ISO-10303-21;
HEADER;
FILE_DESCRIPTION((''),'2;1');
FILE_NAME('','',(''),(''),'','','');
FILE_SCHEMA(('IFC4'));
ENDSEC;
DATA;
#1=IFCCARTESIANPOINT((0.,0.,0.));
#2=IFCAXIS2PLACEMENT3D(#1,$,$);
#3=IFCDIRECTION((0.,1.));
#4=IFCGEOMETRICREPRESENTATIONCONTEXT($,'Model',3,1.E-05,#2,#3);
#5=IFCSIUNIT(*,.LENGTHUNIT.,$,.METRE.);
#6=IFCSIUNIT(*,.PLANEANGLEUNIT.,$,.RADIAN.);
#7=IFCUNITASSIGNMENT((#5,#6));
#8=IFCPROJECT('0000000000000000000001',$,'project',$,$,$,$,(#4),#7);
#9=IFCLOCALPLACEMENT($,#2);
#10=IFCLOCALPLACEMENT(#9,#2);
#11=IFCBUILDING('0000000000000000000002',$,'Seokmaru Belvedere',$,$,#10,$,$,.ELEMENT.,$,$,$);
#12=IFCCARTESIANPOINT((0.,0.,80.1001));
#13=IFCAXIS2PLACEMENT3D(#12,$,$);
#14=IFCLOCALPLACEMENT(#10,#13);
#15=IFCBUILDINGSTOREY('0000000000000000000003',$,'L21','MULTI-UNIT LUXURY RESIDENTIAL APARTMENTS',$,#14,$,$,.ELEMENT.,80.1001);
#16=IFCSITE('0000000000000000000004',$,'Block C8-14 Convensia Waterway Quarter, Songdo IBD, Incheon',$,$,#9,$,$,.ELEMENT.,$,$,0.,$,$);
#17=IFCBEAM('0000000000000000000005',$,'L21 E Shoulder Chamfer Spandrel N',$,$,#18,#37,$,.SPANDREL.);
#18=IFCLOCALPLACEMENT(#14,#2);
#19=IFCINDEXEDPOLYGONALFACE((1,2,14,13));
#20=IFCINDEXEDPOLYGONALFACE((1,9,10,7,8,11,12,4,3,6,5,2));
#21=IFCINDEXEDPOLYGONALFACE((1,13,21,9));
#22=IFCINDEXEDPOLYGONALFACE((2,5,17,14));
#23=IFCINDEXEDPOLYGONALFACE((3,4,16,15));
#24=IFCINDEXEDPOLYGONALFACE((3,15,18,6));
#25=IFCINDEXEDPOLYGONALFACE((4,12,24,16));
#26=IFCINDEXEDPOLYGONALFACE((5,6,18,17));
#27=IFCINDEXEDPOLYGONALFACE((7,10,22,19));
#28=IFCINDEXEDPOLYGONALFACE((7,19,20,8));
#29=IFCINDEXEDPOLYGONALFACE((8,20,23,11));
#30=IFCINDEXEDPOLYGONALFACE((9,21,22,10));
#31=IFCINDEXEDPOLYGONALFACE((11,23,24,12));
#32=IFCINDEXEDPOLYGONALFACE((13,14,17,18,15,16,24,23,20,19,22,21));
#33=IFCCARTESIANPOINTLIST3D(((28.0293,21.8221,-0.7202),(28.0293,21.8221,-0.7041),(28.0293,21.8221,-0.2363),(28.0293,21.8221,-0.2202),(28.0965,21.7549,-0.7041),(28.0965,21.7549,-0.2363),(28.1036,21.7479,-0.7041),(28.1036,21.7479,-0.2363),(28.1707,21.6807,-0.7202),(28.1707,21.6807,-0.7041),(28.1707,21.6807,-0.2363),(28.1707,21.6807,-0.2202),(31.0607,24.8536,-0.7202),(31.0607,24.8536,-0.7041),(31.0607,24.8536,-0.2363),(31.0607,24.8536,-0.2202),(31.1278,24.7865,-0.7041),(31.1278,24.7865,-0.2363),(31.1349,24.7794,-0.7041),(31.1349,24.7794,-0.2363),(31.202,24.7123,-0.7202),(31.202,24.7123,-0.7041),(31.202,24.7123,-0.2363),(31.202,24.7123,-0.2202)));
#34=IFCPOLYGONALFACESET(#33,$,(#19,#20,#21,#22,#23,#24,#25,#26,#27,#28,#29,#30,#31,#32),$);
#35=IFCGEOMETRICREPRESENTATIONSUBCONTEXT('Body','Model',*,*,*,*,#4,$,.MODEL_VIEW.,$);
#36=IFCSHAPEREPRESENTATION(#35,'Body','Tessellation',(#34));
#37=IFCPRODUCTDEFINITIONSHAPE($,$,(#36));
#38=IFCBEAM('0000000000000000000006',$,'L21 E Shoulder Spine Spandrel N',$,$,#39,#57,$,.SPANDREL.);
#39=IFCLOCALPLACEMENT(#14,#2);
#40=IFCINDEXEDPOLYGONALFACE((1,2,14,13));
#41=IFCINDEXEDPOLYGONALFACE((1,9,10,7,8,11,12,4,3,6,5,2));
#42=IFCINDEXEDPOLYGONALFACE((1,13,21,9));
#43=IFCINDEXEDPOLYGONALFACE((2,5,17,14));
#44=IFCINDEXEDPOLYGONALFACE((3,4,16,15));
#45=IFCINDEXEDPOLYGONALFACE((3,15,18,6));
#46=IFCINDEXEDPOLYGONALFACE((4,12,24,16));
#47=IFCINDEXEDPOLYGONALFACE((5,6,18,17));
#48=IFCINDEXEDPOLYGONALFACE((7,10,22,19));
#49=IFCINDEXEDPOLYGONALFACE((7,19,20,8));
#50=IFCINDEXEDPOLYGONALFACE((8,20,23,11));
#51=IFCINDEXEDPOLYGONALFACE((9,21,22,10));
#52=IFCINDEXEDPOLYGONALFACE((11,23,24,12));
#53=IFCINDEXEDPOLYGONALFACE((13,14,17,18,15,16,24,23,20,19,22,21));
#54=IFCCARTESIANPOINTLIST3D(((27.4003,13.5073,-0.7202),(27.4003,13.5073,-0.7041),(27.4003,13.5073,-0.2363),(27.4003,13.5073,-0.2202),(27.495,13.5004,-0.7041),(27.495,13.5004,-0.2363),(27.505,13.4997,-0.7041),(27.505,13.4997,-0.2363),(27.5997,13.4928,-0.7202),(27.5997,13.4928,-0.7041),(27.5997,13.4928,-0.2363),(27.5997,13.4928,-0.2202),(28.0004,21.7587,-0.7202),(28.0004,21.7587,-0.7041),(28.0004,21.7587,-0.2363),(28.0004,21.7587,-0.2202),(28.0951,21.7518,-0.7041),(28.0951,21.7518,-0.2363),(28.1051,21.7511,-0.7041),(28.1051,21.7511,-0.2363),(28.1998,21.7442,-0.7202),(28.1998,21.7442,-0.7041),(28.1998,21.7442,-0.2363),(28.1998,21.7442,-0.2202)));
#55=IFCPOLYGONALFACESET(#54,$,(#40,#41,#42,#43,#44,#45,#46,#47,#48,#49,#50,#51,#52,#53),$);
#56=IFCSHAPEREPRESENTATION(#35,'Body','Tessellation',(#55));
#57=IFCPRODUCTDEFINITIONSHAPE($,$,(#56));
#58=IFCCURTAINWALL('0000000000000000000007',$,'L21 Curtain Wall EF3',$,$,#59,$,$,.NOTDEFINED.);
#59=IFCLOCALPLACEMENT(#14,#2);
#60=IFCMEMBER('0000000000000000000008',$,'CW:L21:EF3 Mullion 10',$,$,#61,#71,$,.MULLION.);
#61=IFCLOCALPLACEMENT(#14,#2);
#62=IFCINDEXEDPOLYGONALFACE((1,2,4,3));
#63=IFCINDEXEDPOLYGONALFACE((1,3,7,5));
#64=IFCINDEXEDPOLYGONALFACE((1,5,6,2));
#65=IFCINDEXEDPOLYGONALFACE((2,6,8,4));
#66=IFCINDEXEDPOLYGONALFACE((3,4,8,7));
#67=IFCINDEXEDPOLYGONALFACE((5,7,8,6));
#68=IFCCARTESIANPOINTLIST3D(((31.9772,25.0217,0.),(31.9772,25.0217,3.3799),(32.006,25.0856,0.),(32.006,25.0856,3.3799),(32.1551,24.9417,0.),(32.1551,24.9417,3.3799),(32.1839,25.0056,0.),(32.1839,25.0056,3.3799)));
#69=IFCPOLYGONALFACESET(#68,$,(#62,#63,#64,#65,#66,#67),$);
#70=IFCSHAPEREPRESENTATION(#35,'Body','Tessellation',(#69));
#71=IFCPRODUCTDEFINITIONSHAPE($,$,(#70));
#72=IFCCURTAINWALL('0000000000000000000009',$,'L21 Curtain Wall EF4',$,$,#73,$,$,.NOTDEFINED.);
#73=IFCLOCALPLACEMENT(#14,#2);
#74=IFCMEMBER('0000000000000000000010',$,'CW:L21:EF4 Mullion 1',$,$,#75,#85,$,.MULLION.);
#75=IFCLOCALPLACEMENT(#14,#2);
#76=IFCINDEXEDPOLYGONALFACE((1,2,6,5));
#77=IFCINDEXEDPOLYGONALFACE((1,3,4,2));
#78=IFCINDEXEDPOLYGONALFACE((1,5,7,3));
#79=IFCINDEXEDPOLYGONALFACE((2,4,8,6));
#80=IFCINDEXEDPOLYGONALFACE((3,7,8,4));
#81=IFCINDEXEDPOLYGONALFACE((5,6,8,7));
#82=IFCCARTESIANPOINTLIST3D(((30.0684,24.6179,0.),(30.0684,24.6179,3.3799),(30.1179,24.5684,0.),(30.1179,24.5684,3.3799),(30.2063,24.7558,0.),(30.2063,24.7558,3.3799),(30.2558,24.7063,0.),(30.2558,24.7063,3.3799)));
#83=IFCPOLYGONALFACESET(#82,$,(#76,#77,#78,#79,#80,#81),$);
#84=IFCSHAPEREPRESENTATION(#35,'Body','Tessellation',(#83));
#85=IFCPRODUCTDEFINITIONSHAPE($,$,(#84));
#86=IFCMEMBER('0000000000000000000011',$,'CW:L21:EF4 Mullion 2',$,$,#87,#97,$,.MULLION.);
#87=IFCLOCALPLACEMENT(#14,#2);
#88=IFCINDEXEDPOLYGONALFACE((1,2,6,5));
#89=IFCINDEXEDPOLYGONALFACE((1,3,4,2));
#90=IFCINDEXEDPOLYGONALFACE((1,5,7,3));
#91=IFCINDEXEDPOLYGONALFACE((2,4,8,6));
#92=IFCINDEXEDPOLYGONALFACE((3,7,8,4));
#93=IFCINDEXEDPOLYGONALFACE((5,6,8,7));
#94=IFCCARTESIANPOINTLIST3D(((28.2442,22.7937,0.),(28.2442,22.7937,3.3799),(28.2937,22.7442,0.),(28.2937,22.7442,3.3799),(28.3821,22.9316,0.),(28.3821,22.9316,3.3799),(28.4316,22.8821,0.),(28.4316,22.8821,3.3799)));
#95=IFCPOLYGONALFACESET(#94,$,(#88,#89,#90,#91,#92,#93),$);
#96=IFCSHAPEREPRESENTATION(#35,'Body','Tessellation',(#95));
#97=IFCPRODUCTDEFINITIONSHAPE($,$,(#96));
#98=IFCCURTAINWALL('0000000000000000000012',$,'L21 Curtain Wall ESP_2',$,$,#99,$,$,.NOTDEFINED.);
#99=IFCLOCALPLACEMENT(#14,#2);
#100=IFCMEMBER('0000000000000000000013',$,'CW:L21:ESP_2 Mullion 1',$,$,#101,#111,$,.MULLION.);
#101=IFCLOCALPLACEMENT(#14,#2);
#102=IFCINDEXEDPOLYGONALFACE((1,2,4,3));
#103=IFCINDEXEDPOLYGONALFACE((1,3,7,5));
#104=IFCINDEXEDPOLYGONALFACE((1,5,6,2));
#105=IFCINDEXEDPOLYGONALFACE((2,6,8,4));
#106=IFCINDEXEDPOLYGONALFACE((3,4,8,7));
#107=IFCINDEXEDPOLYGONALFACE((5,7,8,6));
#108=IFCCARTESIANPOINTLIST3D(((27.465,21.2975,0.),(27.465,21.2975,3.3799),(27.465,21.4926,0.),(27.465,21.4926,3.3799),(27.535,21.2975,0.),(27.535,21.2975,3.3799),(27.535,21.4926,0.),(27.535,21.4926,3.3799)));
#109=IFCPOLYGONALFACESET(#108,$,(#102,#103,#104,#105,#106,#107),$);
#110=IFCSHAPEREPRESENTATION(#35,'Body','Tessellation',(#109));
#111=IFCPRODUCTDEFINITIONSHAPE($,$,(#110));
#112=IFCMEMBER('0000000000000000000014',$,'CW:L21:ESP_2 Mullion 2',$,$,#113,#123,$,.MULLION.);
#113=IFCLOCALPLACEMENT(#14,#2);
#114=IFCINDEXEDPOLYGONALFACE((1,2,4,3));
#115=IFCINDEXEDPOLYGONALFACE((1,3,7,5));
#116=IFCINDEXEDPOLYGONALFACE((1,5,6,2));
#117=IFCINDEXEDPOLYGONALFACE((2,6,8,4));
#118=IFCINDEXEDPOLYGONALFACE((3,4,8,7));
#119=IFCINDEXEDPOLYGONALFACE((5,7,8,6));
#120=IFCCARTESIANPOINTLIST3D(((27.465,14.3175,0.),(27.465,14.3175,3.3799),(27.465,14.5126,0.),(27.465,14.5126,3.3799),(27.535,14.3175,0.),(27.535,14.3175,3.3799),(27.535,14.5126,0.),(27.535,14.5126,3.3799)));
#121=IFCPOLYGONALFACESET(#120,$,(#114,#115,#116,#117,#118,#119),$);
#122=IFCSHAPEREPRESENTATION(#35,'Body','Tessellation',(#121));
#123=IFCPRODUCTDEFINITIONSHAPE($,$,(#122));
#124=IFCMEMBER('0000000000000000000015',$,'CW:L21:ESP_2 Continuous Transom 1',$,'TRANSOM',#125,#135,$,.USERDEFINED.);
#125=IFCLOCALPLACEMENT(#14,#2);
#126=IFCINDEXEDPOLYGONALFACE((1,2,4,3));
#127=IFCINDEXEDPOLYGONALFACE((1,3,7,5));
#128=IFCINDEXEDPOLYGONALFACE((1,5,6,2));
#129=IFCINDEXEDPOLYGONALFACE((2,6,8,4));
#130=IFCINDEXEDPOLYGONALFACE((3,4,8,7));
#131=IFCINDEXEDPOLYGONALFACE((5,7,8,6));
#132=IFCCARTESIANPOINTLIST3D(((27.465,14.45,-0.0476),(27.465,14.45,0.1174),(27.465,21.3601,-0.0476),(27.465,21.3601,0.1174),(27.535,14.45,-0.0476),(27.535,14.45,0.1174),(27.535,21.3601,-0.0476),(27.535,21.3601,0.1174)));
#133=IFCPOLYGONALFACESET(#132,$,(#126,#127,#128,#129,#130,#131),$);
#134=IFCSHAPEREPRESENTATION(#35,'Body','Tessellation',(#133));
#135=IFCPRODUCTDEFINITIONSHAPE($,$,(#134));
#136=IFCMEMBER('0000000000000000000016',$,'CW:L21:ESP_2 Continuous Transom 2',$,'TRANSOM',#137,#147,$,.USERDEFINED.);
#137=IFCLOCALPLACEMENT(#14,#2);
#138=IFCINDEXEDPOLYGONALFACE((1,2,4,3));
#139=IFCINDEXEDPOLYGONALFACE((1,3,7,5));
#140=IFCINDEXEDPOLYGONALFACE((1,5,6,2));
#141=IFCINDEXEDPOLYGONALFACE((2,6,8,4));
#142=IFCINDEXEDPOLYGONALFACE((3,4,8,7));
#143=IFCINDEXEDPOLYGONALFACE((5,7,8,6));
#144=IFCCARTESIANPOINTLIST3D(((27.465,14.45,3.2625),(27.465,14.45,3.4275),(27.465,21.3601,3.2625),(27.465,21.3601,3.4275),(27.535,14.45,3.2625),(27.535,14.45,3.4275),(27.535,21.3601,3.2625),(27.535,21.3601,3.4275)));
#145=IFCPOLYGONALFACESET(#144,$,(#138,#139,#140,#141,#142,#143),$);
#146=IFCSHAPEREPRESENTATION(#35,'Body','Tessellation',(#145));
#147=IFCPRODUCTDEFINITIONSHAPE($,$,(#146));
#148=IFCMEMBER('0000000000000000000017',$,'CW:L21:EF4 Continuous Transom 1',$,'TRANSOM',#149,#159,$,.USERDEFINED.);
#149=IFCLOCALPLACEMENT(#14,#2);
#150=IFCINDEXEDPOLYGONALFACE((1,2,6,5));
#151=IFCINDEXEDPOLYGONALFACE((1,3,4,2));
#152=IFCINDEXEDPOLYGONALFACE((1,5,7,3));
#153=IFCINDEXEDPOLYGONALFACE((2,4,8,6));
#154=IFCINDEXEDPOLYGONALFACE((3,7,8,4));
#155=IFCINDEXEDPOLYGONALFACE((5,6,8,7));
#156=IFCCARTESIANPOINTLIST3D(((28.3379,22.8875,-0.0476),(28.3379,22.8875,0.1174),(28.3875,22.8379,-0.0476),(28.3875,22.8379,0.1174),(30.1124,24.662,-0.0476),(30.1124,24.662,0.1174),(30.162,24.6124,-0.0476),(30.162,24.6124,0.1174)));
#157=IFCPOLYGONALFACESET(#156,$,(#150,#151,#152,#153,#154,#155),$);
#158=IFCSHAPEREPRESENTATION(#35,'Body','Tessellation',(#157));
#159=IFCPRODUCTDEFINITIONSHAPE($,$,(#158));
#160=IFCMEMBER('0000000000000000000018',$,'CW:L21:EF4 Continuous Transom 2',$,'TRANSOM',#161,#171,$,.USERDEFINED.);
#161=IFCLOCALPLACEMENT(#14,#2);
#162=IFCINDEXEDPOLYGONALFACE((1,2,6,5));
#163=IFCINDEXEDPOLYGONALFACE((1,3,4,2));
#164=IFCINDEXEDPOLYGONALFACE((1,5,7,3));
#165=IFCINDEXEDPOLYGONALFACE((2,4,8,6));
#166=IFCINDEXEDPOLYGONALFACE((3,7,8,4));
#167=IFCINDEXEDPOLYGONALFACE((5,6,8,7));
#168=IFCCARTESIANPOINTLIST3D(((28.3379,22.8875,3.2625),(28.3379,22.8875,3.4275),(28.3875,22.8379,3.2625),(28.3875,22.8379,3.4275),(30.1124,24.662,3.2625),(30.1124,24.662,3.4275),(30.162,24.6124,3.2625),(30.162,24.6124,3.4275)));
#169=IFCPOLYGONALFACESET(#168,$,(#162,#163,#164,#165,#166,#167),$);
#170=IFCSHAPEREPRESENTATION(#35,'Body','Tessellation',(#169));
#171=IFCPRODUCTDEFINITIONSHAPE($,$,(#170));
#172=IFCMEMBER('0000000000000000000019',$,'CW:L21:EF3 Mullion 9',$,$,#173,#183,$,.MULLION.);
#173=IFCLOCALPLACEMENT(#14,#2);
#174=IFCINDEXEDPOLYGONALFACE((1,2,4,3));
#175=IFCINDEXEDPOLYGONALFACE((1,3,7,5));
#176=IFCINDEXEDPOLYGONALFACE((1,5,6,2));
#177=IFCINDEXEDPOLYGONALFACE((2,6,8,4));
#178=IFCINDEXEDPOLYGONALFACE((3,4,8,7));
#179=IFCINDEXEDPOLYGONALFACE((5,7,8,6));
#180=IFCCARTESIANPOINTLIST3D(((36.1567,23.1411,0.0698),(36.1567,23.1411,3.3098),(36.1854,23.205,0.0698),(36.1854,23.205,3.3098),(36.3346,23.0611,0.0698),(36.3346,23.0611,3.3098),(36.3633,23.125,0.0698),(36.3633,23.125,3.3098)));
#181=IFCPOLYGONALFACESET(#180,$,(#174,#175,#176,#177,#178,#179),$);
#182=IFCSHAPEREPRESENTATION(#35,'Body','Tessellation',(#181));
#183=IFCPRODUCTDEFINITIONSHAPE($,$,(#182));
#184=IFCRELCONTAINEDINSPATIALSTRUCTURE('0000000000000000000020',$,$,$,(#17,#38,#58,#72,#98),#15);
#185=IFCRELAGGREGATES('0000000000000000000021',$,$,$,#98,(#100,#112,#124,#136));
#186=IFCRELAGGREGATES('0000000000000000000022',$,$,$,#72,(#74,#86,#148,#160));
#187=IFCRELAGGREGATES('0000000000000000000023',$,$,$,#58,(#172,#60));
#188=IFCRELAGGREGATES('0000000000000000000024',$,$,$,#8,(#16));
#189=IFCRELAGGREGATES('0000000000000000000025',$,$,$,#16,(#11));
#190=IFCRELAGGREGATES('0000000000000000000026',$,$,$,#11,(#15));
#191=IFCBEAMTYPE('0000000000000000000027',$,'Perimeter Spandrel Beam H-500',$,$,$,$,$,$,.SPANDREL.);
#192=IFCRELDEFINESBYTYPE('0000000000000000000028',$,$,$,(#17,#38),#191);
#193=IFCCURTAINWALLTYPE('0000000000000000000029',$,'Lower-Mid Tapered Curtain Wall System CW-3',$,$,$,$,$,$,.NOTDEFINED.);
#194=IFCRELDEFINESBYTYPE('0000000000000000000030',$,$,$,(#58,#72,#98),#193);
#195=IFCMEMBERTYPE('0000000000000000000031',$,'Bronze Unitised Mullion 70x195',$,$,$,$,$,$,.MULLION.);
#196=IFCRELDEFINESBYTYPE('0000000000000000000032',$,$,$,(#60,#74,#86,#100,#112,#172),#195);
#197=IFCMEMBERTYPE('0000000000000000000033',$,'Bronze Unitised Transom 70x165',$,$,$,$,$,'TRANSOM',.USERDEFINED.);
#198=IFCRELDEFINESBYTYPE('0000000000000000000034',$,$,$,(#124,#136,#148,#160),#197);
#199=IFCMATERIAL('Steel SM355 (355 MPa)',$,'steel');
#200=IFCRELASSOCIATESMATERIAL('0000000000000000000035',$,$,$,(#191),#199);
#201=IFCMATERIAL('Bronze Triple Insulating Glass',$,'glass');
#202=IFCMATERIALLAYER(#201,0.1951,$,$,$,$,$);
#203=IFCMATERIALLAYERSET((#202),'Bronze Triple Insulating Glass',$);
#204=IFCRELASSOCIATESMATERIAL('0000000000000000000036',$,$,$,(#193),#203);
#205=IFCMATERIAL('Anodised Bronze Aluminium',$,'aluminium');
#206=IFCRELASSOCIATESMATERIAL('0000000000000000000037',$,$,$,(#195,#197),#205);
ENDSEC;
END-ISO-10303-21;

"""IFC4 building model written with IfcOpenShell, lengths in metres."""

from ifc_helpers import new_model, si_unit, direction, frame, origin, origin_2d, place, context, subcontext, project, spatial, rectangle, i_section, extrude, source, transform, mapped, material, layer, layer_set, material_profile, profile_set, type_object, type_shapes, element, aggregate, save


model = new_model("IFC4")

# Units and contexts
model_context = context("Model", 3, precision=1e-05, world=origin(), true_north=direction((0.0, 1.0)))
body_context = subcontext(model_context, "Body", "Model", "MODEL_VIEW")
ifc_project = project(units=[si_unit("LENGTHUNIT", "METRE"), si_unit("PLANEANGLEUNIT", "RADIAN")], contexts=[model_context])

# Site, building, storey
site_placement = place(None, origin())
site = spatial("IfcSite", under=ifc_project, at=site_placement, Name="Block C8-14 Convensia Waterway Quarter, Songdo IBD, Incheon", CompositionType="ELEMENT", RefElevation=0.0)
building_placement = place(site_placement, origin())
building = spatial("IfcBuilding", under=site, at=building_placement, Name="Seokmaru Belvedere", CompositionType="ELEMENT")
storey_placement = place(building_placement, frame((0.0, 0.0, 80.1001)))
storey = spatial("IfcBuildingStorey", under=building, at=storey_placement, Name="L21", Description="MULTI-UNIT LUXURY RESIDENTIAL APARTMENTS", CompositionType="ELEMENT", Elevation=80.1001)

# Shared definitions
ifc_material_1 = material(Name="Steel SM355 (355 MPa)", Category="steel")

# Beams
ifc_material_profile_1 = material_profile(ifc_material_1, i_section(OverallWidth=0.2, OverallDepth=0.5, WebThickness=0.01, FlangeThickness=0.0161, at=origin_2d()), Name="H-500x200x10x16")
ifc_profile_set_1 = profile_set([ifc_material_profile_1], Name="Steel SM355 (355 MPa)")
beam_type_1 = type_object("IfcBeamType", Name="Perimeter Spandrel Beam H-500", PredefinedType="SPANDREL", material=ifc_profile_set_1)
shared_shape_1 = source(origin(), body_context, "Body", "SweptSolid", [
    extrude(i_section(OverallWidth=0.2, OverallDepth=0.5, WebThickness=0.01, FlangeThickness=0.0161, at=origin_2d()), origin(), (0.0, 0.0, 1.0), 4.2871),
])
beam_1_placement = place(storey_placement, frame((31.1313, 24.783, -0.4702), z_axis=(-0.707078, -0.707135, 0.0), x_axis=(0.707135, -0.707078, 0.0)))
element("IfcBeam", 1, at=beam_1_placement, inside=storey, type_object=beam_type_1, Name="L21 E Shoulder Chamfer Spandrel N", PredefinedType="SPANDREL", context=body_context, shape_type="MappedRepresentation", body=[
    mapped(shared_shape_1, transform((0.0, 0.0, 0.0), scale=1.0)),
])
shared_shape_2 = source(origin(), body_context, "Body", "SweptSolid", [
    extrude(i_section(OverallWidth=0.2, OverallDepth=0.5, WebThickness=0.01, FlangeThickness=0.0161, at=origin_2d()), origin(), (0.0, 0.0, 1.0), 8.2732),
])
beam_2_placement = place(storey_placement, frame((28.1001, 21.7515, -0.4702), z_axis=(-0.072535, -0.997366, 0.0), x_axis=(0.997366, -0.072535, 0.0)))
element("IfcBeam", 2, at=beam_2_placement, inside=storey, type_object=beam_type_1, Name="L21 E Shoulder Spine Spandrel N", PredefinedType="SPANDREL", context=body_context, shape_type="MappedRepresentation", body=[
    mapped(shared_shape_2, transform((0.0, 0.0, 0.0), scale=1.0)),
])

# Curtain wall, member
ifc_material_2 = material(Name="Bronze Triple Insulating Glass", Category="glass")
ifc_layer_1 = layer(ifc_material_2, 0.1951)
ifc_layer_set_1 = layer_set([ifc_layer_1], Name="Bronze Triple Insulating Glass")
curtain_wall_type = type_object("IfcCurtainWallType", Name="Lower-Mid Tapered Curtain Wall System CW-3", PredefinedType="NOTDEFINED", material=ifc_layer_set_1)
curtain_wall_1_placement = place(storey_placement, origin())
curtain_wall_1 = element("IfcCurtainWall", 3, at=curtain_wall_1_placement, inside=storey, type_object=curtain_wall_type, Name="L21 Curtain Wall EF3", PredefinedType="NOTDEFINED")
ifc_material_3 = material(Name="Anodised Bronze Aluminium", Category="aluminium")
ifc_material_profile_2 = material_profile(ifc_material_3, rectangle(XDim=0.0701, YDim=0.1951, at=origin_2d()), Name="CW-M-70x195")
ifc_profile_set_2 = profile_set([ifc_material_profile_2], Name="Anodised Bronze Aluminium")
member_type_1 = type_object("IfcMemberType", Name="Bronze Unitised Mullion 70x195", PredefinedType="MULLION", material=ifc_profile_set_2)
shared_shape_3 = source(origin(), body_context, "Body", "SweptSolid", [
    extrude(rectangle(XDim=0.0701, YDim=0.1951, at=origin_2d()), origin(), (0.0, 0.0, 1.0), 3.3799),
])
member_1_placement = place(storey_placement, frame((32.0806, 25.0137, 0.0), z_axis=(0.0, 0.0, 1.0), x_axis=(-0.410366, -0.911921, 0.0)))
member_1 = element("IfcMember", 4, at=member_1_placement, type_object=member_type_1, Name="CW:L21:EF3 Mullion 10", PredefinedType="MULLION", context=body_context, shape_type="MappedRepresentation", body=[
    mapped(shared_shape_3, transform((0.0, 0.0, 0.0), scale=1.0)),
])

# Curtain walls, members
curtain_wall_2_placement = place(storey_placement, origin())
curtain_wall_2 = element("IfcCurtainWall", 5, at=curtain_wall_2_placement, inside=storey, type_object=curtain_wall_type, Name="L21 Curtain Wall EF4", PredefinedType="NOTDEFINED")
member_2_placement = place(storey_placement, frame((30.1621, 24.6621, 0.0), z_axis=(0.0, 0.0, 1.0), x_axis=(0.707107, -0.707107, 0.0)))
member_2 = element("IfcMember", 6, at=member_2_placement, type_object=member_type_1, Name="CW:L21:EF4 Mullion 1", PredefinedType="MULLION", context=body_context, shape_type="MappedRepresentation", body=[
    mapped(shared_shape_3, transform((0.0, 0.0, 0.0), scale=1.0)),
])
member_3_placement = place(storey_placement, frame((28.3379, 22.8379, 0.0), z_axis=(0.0, 0.0, 1.0), x_axis=(0.707107, -0.707107, 0.0)))
member_3 = element("IfcMember", 7, at=member_3_placement, type_object=member_type_1, Name="CW:L21:EF4 Mullion 2", PredefinedType="MULLION", context=body_context, shape_type="MappedRepresentation", body=[
    mapped(shared_shape_3, transform((0.0, 0.0, 0.0), scale=1.0)),
])
curtain_wall_3_placement = place(storey_placement, origin())
curtain_wall_3 = element("IfcCurtainWall", 8, at=curtain_wall_3_placement, inside=storey, type_object=curtain_wall_type, Name="L21 Curtain Wall ESP_2", PredefinedType="NOTDEFINED")
member_4_placement = place(storey_placement, frame((27.5, 21.395, 0.0), z_axis=(0.0, 0.0, 1.0), x_axis=(1.0, 0.0, 0.0)))
member_4 = element("IfcMember", 9, at=member_4_placement, type_object=member_type_1, Name="CW:L21:ESP_2 Mullion 1", PredefinedType="MULLION", context=body_context, shape_type="MappedRepresentation", body=[
    mapped(shared_shape_3, transform((0.0, 0.0, 0.0), scale=1.0)),
])
member_5_placement = place(storey_placement, frame((27.5, 14.415, 0.0), z_axis=(0.0, 0.0, 1.0), x_axis=(1.0, 0.0, 0.0)))
member_5 = element("IfcMember", 10, at=member_5_placement, type_object=member_type_1, Name="CW:L21:ESP_2 Mullion 2", PredefinedType="MULLION", context=body_context, shape_type="MappedRepresentation", body=[
    mapped(shared_shape_3, transform((0.0, 0.0, 0.0), scale=1.0)),
])
ifc_material_profile_3 = material_profile(ifc_material_3, rectangle(XDim=0.0701, YDim=0.165, at=origin_2d()), Name="CW-T-70x165")
ifc_profile_set_3 = profile_set([ifc_material_profile_3], Name="Anodised Bronze Aluminium")
member_type_2 = type_object("IfcMemberType", Name="Bronze Unitised Transom 70x165", ElementType="TRANSOM", PredefinedType="USERDEFINED", material=ifc_profile_set_3)
shared_shape_4 = source(origin(), body_context, "Body", "SweptSolid", [
    extrude(rectangle(XDim=0.0701, YDim=0.165, at=origin_2d()), origin(), (0.0, 0.0, 1.0), 6.9102),
])
member_6_placement = place(storey_placement, frame((27.5, 21.3601, 0.0349), z_axis=(0.0, -1.0, 0.0), x_axis=(1.0, 0.0, 0.0)))
member_6 = element("IfcMember", 11, at=member_6_placement, type_object=member_type_2, Name="CW:L21:ESP_2 Continuous Transom 1", ObjectType="TRANSOM", PredefinedType="USERDEFINED", context=body_context, shape_type="MappedRepresentation", body=[
    mapped(shared_shape_4, transform((0.0, 0.0, 0.0), scale=1.0)),
])
member_7_placement = place(storey_placement, frame((27.5, 21.3601, 3.345), z_axis=(0.0, -1.0, 0.0), x_axis=(1.0, 0.0, 0.0)))
member_7 = element("IfcMember", 12, at=member_7_placement, type_object=member_type_2, Name="CW:L21:ESP_2 Continuous Transom 2", ObjectType="TRANSOM", PredefinedType="USERDEFINED", context=body_context, shape_type="MappedRepresentation", body=[
    mapped(shared_shape_4, transform((0.0, 0.0, 0.0), scale=1.0)),
])

# Members
shared_shape_5 = source(origin(), body_context, "Body", "SweptSolid", [
    extrude(rectangle(XDim=0.0701, YDim=0.165, at=origin_2d()), origin(), (0.0, 0.0, 1.0), 2.5095),
])
type_shapes(member_type_2, [shared_shape_4, shared_shape_5])
member_8_placement = place(storey_placement, frame((30.1372, 24.6372, 0.0349), z_axis=(-0.707107, -0.707107, 0.0), x_axis=(0.707107, -0.707107, 0.0)))
member_8 = element("IfcMember", 13, at=member_8_placement, type_object=member_type_2, Name="CW:L21:EF4 Continuous Transom 1", ObjectType="TRANSOM", PredefinedType="USERDEFINED", context=body_context, shape_type="MappedRepresentation", body=[
    mapped(shared_shape_5, transform((0.0, 0.0, 0.0), scale=1.0)),
])
member_9_placement = place(storey_placement, frame((30.1372, 24.6372, 3.345), z_axis=(-0.707107, -0.707107, 0.0), x_axis=(0.707107, -0.707107, 0.0)))
member_9 = element("IfcMember", 14, at=member_9_placement, type_object=member_type_2, Name="CW:L21:EF4 Continuous Transom 2", ObjectType="TRANSOM", PredefinedType="USERDEFINED", context=body_context, shape_type="MappedRepresentation", body=[
    mapped(shared_shape_5, transform((0.0, 0.0, 0.0), scale=1.0)),
])
shared_shape_6 = source(origin(), body_context, "Body", "SweptSolid", [
    extrude(rectangle(XDim=0.0701, YDim=0.1951, at=origin_2d()), origin(), (0.0, 0.0, 1.0), 3.24),
])
type_shapes(member_type_1, [shared_shape_3, shared_shape_6])
member_10_placement = place(storey_placement, frame((36.26, 23.1331, 0.0698), z_axis=(0.0, 0.0, 1.0), x_axis=(-0.410366, -0.911921, 0.0)))
member_10 = element("IfcMember", 15, at=member_10_placement, type_object=member_type_1, Name="CW:L21:EF3 Mullion 9", PredefinedType="MULLION", context=body_context, shape_type="MappedRepresentation", body=[
    mapped(shared_shape_6, transform((0.0, 0.0, 0.0), scale=1.0)),
])

aggregate(curtain_wall_3, [member_4, member_5, member_6, member_7])
aggregate(curtain_wall_2, [member_2, member_3, member_8, member_9])
aggregate(curtain_wall_1, [member_10, member_1])

save(model, "model.ifc")
